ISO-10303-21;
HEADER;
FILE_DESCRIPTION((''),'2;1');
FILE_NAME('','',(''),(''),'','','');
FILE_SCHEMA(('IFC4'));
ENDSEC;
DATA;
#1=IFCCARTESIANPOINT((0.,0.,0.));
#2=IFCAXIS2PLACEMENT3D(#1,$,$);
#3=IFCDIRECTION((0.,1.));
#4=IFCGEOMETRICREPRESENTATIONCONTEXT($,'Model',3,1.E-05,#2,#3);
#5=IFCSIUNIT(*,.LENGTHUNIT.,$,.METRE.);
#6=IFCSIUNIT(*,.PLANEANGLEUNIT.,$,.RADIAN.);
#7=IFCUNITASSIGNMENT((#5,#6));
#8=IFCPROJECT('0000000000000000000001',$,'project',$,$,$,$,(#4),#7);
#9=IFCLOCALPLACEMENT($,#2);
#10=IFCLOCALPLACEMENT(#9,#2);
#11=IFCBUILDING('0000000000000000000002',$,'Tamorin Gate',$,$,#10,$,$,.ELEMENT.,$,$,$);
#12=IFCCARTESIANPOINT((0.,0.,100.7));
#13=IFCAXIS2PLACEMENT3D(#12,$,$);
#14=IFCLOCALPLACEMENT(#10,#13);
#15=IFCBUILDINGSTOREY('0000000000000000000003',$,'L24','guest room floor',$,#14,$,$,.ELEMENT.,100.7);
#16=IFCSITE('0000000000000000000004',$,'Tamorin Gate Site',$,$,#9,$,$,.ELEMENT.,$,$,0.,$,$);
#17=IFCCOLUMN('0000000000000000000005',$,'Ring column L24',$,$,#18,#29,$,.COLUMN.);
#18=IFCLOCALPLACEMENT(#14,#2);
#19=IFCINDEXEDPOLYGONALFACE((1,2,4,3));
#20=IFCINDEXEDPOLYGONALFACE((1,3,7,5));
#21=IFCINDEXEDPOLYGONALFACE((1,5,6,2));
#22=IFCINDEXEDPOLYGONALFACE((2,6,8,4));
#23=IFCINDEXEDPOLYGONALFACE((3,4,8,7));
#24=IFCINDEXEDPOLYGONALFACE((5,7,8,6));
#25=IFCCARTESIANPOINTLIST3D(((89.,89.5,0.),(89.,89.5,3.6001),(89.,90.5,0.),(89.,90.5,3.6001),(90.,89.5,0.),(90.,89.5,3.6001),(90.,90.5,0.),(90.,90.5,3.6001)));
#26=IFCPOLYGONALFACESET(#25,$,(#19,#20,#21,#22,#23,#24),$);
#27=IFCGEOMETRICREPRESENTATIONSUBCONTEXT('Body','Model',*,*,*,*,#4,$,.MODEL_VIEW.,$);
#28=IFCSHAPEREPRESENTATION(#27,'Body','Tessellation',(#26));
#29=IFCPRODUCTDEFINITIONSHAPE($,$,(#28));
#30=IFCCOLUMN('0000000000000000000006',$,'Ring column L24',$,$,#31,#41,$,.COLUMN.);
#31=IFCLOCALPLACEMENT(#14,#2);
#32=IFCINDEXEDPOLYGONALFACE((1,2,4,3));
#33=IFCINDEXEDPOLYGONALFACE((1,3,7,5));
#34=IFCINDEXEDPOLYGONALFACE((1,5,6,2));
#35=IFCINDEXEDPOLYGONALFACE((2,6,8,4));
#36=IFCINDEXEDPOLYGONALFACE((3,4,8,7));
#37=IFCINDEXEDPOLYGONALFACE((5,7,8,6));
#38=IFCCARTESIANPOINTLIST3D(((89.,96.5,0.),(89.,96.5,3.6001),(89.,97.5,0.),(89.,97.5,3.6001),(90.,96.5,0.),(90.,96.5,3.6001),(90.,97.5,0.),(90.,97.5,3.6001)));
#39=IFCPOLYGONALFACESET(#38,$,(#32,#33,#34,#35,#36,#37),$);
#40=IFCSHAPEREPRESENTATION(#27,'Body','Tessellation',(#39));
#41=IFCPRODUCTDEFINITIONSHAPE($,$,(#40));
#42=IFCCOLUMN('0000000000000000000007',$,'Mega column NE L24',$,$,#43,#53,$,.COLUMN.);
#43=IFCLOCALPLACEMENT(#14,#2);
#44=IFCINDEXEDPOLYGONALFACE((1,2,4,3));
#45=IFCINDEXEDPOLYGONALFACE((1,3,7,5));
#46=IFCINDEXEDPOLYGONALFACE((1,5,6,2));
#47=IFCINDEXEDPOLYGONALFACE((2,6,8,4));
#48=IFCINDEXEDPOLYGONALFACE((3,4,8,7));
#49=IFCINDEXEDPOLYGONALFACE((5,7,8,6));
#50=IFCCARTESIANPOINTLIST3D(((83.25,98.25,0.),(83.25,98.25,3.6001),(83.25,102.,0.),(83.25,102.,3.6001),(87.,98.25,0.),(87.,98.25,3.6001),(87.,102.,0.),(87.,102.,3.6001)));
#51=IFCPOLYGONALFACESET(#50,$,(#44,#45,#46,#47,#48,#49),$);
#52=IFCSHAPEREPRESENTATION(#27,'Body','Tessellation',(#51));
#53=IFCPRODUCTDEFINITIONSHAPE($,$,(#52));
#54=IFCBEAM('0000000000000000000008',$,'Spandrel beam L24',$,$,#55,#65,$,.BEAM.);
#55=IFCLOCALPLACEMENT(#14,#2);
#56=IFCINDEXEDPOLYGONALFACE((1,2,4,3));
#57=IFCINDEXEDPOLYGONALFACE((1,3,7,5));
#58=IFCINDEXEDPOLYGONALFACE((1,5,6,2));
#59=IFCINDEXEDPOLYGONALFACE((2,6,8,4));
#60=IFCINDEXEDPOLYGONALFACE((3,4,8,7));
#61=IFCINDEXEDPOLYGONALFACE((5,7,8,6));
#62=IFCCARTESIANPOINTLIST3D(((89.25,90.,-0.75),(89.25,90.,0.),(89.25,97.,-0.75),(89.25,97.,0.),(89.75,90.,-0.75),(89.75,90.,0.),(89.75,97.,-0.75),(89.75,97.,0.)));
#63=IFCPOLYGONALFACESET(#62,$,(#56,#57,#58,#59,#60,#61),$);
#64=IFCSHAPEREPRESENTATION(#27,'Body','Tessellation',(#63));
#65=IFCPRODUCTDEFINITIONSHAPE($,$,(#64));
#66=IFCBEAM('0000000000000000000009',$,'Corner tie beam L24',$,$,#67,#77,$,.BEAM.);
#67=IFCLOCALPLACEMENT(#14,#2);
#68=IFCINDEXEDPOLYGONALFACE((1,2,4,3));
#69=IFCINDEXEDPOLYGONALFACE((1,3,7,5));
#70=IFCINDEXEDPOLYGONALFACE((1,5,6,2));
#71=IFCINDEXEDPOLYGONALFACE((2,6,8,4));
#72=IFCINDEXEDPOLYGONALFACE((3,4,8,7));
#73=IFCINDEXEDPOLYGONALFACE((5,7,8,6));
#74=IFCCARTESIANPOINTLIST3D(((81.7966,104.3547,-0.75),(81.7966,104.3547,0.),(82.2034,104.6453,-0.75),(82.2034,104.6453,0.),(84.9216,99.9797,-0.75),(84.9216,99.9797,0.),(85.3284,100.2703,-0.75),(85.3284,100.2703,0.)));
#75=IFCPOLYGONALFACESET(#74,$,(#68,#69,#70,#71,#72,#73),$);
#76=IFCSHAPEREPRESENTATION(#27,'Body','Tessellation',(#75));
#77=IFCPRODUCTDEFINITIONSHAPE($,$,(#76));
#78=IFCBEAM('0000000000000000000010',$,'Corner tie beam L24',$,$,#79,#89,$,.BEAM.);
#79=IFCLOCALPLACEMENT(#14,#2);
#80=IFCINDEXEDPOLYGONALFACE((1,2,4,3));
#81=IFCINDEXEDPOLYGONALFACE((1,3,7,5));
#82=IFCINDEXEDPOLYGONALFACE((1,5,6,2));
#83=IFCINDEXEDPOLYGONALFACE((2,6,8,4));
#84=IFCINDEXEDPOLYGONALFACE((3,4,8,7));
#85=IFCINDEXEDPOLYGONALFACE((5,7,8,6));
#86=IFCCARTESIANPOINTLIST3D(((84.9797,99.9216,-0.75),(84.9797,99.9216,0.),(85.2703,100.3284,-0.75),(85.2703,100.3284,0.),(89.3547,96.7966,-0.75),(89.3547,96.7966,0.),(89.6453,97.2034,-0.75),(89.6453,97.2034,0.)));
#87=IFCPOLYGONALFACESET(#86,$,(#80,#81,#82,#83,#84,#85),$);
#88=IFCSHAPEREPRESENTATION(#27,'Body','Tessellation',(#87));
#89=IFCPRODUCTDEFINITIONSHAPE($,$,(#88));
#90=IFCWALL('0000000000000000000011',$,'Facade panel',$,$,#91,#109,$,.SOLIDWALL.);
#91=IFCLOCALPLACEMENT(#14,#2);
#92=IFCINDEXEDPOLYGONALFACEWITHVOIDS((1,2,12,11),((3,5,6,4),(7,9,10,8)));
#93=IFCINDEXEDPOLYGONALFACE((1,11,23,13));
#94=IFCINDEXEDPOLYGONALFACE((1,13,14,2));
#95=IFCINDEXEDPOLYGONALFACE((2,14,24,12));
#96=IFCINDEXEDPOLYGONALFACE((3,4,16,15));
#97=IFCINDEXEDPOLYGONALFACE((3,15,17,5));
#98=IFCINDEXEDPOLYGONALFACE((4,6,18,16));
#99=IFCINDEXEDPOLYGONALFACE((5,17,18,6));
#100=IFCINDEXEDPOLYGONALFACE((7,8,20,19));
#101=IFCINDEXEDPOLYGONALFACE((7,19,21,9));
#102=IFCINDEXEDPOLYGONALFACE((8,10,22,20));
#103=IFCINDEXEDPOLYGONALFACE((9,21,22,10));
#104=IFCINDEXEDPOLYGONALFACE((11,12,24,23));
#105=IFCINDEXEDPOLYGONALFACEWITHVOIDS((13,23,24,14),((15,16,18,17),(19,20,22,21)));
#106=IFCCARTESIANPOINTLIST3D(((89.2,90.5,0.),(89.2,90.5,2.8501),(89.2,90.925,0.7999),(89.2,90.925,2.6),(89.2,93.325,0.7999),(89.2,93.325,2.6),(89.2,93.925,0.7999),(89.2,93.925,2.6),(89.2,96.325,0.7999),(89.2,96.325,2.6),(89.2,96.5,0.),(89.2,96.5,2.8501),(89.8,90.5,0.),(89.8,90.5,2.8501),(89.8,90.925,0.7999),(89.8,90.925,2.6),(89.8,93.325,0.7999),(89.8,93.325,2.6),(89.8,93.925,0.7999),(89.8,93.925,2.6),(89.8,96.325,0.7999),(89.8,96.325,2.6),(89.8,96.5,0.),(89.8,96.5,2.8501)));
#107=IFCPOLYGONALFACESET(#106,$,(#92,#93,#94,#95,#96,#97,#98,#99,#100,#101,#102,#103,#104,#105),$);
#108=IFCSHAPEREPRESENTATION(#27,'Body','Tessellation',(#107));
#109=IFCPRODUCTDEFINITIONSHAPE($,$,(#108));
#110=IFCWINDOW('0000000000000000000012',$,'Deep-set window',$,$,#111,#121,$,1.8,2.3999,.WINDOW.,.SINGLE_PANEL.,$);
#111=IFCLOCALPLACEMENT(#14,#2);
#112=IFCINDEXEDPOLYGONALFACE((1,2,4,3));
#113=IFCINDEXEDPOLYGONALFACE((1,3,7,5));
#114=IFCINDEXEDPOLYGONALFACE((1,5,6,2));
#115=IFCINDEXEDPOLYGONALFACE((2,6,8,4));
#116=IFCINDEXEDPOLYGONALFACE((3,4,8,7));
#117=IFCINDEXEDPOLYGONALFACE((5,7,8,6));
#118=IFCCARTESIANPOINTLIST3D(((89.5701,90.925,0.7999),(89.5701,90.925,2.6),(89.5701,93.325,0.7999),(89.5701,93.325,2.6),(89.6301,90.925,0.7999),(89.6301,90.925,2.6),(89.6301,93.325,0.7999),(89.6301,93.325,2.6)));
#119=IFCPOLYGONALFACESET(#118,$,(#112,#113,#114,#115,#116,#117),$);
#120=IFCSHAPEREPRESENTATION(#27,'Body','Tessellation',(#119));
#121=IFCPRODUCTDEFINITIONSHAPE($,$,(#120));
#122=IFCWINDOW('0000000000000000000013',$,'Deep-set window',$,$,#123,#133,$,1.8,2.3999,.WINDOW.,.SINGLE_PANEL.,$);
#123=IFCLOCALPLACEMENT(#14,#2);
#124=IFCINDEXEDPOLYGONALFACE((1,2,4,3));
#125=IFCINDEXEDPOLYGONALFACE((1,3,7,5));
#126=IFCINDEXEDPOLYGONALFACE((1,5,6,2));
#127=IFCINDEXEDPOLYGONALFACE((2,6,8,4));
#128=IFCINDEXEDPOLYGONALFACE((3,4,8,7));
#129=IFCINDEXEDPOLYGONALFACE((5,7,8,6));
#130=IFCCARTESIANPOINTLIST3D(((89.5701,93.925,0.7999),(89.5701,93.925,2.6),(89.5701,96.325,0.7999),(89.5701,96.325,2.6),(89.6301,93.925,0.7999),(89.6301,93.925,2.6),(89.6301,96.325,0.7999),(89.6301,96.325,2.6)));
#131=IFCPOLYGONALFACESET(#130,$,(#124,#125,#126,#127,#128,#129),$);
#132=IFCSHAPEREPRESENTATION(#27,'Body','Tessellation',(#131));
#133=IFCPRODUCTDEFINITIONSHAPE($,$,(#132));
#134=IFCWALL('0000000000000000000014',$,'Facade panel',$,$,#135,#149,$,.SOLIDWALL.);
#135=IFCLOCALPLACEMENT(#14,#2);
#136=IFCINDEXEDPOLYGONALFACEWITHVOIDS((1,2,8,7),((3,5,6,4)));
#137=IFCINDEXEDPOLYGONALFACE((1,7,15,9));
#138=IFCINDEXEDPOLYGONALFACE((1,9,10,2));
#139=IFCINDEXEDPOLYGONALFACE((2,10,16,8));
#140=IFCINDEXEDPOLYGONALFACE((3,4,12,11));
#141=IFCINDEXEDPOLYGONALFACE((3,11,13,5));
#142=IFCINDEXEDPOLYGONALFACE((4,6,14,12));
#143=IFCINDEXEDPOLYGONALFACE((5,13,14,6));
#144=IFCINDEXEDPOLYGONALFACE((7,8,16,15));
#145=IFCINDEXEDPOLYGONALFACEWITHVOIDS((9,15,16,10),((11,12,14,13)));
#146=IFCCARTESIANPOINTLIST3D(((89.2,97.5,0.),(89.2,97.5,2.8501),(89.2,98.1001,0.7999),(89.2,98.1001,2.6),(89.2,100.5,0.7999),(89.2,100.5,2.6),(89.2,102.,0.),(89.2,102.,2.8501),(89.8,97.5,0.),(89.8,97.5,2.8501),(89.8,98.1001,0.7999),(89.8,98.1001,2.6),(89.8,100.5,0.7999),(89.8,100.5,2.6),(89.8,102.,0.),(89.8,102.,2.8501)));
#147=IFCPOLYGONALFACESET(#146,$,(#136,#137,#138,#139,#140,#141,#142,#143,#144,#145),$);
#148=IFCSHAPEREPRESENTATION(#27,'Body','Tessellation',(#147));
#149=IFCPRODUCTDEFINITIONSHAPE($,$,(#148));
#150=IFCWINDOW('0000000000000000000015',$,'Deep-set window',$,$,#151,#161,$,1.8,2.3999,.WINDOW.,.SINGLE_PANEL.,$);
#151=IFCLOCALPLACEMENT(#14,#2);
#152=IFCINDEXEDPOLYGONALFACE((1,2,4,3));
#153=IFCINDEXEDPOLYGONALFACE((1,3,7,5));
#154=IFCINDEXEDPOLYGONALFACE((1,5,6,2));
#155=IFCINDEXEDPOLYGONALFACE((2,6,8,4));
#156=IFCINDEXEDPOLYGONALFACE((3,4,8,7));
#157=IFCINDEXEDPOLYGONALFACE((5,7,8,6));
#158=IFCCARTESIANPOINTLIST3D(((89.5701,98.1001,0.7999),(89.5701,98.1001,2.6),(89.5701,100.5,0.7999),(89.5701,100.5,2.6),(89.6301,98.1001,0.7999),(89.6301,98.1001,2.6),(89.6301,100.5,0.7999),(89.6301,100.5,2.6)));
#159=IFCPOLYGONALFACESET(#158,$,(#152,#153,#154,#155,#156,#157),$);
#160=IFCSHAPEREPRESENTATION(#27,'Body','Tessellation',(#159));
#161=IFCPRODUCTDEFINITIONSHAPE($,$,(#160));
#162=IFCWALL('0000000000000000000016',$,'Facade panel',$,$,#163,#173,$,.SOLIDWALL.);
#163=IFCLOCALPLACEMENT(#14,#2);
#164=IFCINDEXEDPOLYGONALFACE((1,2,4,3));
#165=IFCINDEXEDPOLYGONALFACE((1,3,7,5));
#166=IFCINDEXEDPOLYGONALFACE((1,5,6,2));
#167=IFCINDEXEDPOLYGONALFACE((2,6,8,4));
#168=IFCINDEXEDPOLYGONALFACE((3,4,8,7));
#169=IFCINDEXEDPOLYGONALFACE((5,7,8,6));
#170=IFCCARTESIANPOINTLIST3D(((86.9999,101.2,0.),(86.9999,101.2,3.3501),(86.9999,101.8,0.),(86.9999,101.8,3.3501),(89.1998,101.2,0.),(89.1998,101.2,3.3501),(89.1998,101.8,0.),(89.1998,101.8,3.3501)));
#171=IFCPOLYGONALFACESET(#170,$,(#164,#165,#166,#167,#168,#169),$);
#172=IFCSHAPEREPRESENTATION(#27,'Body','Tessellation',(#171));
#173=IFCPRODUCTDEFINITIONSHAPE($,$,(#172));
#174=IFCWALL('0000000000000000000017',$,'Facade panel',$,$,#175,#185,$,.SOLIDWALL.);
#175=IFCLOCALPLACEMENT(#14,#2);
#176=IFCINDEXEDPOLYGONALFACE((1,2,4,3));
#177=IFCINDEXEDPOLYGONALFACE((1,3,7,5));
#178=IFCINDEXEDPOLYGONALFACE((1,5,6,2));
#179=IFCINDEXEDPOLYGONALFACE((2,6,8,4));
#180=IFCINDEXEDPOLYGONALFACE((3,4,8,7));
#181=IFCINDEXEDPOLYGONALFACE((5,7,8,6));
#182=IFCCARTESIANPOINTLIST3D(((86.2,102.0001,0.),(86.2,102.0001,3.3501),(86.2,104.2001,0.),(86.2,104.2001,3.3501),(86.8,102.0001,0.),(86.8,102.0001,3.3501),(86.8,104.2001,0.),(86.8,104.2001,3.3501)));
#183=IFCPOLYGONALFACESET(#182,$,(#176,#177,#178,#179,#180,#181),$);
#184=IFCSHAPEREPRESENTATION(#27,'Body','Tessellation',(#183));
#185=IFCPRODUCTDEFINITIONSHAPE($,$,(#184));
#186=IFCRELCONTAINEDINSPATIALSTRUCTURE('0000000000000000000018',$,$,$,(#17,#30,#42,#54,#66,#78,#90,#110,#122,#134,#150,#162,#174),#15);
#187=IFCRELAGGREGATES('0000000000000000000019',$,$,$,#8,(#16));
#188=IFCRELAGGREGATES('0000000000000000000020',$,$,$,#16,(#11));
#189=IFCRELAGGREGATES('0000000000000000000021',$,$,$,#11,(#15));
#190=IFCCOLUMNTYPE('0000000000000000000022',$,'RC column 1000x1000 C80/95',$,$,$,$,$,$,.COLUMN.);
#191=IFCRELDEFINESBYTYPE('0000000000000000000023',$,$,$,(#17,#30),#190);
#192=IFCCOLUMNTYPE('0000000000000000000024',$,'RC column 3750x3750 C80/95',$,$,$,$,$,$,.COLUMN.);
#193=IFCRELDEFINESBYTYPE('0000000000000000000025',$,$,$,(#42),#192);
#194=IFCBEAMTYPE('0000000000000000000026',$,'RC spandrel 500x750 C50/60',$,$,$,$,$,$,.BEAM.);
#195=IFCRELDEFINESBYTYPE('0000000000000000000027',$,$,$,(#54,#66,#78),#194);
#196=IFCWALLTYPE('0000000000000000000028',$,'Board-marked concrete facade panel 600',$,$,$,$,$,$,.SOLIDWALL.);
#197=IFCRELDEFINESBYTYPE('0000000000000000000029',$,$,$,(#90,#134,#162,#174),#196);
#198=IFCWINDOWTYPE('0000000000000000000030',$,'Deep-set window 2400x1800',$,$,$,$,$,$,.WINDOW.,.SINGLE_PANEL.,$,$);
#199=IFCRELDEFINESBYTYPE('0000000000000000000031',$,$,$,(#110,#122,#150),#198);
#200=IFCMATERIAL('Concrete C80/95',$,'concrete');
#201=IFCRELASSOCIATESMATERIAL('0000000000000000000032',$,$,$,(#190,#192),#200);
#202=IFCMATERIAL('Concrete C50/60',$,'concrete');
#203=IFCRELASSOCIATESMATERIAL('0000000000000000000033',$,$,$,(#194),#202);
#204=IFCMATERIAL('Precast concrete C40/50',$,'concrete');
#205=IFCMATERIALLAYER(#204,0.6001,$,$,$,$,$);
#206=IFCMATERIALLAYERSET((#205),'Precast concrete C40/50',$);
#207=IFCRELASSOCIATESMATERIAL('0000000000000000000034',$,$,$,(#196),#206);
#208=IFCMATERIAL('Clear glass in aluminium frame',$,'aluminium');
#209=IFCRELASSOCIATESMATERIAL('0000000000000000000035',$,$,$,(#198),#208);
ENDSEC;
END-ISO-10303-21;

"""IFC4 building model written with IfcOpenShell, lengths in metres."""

from ifc_helpers import new_model, si_unit, direction, frame, frame_2d, origin, origin_2d, place, context, subcontext, project, spatial, rectangle, extrude, material, layer, layer_set, material_profile, profile_set, type_object, element, fill, save


model = new_model("IFC4")

# Units and contexts
model_context = context("Model", 3, precision=1e-05, world=origin(), true_north=direction((0.0, 1.0)))
body_context = subcontext(model_context, "Body", "Model", "MODEL_VIEW")
ifc_project = project(units=[si_unit("LENGTHUNIT", "METRE"), si_unit("PLANEANGLEUNIT", "RADIAN")], contexts=[model_context])

# Site, building, storey
site_placement = place(None, origin())
site = spatial("IfcSite", under=ifc_project, at=site_placement, Name="Tamorin Gate Site", CompositionType="ELEMENT", RefElevation=0.0)
building_placement = place(site_placement, origin())
building = spatial("IfcBuilding", under=site, at=building_placement, Name="Tamorin Gate", CompositionType="ELEMENT")
storey_placement = place(building_placement, frame((0.0, 0.0, 100.7)))
storey = spatial("IfcBuildingStorey", under=building, at=storey_placement, Name="L24", Description="guest room floor", CompositionType="ELEMENT", Elevation=100.7)

# Columns
ifc_material_1 = material(Name="Concrete C80/95", Category="concrete")
ifc_material_profile_1 = material_profile(ifc_material_1, rectangle(XDim=1.0, YDim=1.0, at=origin_2d()), Name="RC 1000x1000")
ifc_profile_set_1 = profile_set([ifc_material_profile_1], Name="Concrete C80/95")
column_type_1 = type_object("IfcColumnType", Name="RC column 1000x1000 C80/95", PredefinedType="COLUMN", material=ifc_profile_set_1)
for number, where, z_axis, x_axis, name in (
    (1, (89.5, 90.0, 0.0), (0.0, 0.0, 1.0), (1.0, 0.0, 0.0), "Ring column L24"),
    (2, (89.5, 97.0, 0.0), (0.0, 0.0, 1.0), (1.0, 0.0, 0.0), "Ring column L24"),
):
    element("IfcColumn", number, at=place(storey_placement, frame(where, z_axis=z_axis, x_axis=x_axis)), inside=storey, type_object=column_type_1, Name=name, PredefinedType="COLUMN", context=body_context, shape_type="SweptSolid", body=[
        extrude(rectangle(XDim=1.0, YDim=1.0, at=origin_2d()), origin(), (0.0, 0.0, 1.0), 3.6001),
    ])
ifc_material_profile_2 = material_profile(ifc_material_1, rectangle(XDim=3.75, YDim=3.75, at=origin_2d()), Name="RC 3750x3750")
ifc_profile_set_2 = profile_set([ifc_material_profile_2], Name="Concrete C80/95")
column_type_2 = type_object("IfcColumnType", Name="RC column 3750x3750 C80/95", PredefinedType="COLUMN", material=ifc_profile_set_2)
column_placement = place(storey_placement, frame((85.125, 100.125, 0.0), z_axis=(0.0, 0.0, 1.0), x_axis=(1.0, 0.0, 0.0)))
element("IfcColumn", 3, at=column_placement, inside=storey, type_object=column_type_2, Name="Mega column NE L24", PredefinedType="COLUMN", context=body_context, shape_type="SweptSolid", body=[
    extrude(rectangle(XDim=3.75, YDim=3.75, at=origin_2d()), origin(), (0.0, 0.0, 1.0), 3.6001),
])

# Beams
ifc_material_2 = material(Name="Concrete C50/60", Category="concrete")
ifc_material_profile_3 = material_profile(ifc_material_2, rectangle(XDim=0.5, YDim=0.75, at=origin_2d()), Name="RC 500x750")
ifc_profile_set_3 = profile_set([ifc_material_profile_3], Name="Concrete C50/60")
beam_type = type_object("IfcBeamType", Name="RC spandrel 500x750 C50/60", PredefinedType="BEAM", material=ifc_profile_set_3)
beam_placement = place(storey_placement, frame((89.5, 90.0, -0.375), z_axis=(0.0, 1.0, 0.0), x_axis=(-1.0, 0.0, 0.0)))
element("IfcBeam", 4, at=beam_placement, inside=storey, type_object=beam_type, Name="Spandrel beam L24", PredefinedType="BEAM", context=body_context, shape_type="SweptSolid", body=[
    extrude(rectangle(XDim=0.5, YDim=0.75, at=origin_2d()), origin(), (0.0, 0.0, 1.0), 7.0),
])
for number, where, z_axis, x_axis, name in (
    (5, (85.125, 100.125, -0.375), (-0.581238, 0.813733, 0.0), (-0.813733, -0.581238, 0.0), "Corner tie beam L24"),
    (6, (85.125, 100.125, -0.375), (0.813733, -0.581238, 0.0), (0.581238, 0.813733, 0.0), "Corner tie beam L24"),
):
    element("IfcBeam", number, at=place(storey_placement, frame(where, z_axis=z_axis, x_axis=x_axis)), inside=storey, type_object=beam_type, Name=name, PredefinedType="BEAM", context=body_context, shape_type="SweptSolid", body=[
        extrude(rectangle(XDim=0.5, YDim=0.75, at=origin_2d()), origin(), (0.0, 0.0, 1.0), 5.3765),
    ])

# Wall, openings, windows
ifc_material_3 = material(Name="Precast concrete C40/50", Category="concrete")
ifc_layer_1 = layer(ifc_material_3, 0.6001)
ifc_layer_set_1 = layer_set([ifc_layer_1], Name="Precast concrete C40/50")
wall_type_1 = type_object("IfcWallType", Name="Board-marked concrete facade panel 600", PredefinedType="SOLIDWALL", material=ifc_layer_set_1)
wall_1_placement = place(storey_placement, frame((89.5, 90.5, 0.0), z_axis=(0.0, 0.0, 1.0), x_axis=(0.0, 1.0, 0.0)))
wall_1 = element("IfcWall", 7, at=wall_1_placement, inside=storey, type_object=wall_type_1, Name="Facade panel", PredefinedType="SOLIDWALL", context=body_context, shape_type="SweptSolid", body=[
    extrude(rectangle(XDim=6.0, YDim=0.6001, at=frame_2d((3.0, 0.0))), origin(), (0.0, 0.0, 1.0), 2.8501),
])
opening_1_placement = place(wall_1_placement, frame((0.425, 0.0, 0.8)))
opening_1 = element("IfcOpeningElement", 8, at=opening_1_placement, cuts=wall_1, PredefinedType="OPENING", context=body_context, shape_type="SweptSolid", body=[
    extrude(rectangle(XDim=2.3999, YDim=1.8, at=frame_2d((1.2, 0.8999))), frame((0.0, 0.3101, 0.0), z_axis=(0.0, -1.0, 0.0), x_axis=(1.0, 0.0, 0.0)), (0.0, 0.0, 1.0), 0.6201),
])
opening_2_placement = place(wall_1_placement, frame((3.425, 0.0, 0.8)))
opening_2 = element("IfcOpeningElement", 9, at=opening_2_placement, cuts=wall_1, PredefinedType="OPENING", context=body_context, shape_type="SweptSolid", body=[
    extrude(rectangle(XDim=2.3999, YDim=1.8, at=frame_2d((1.2, 0.8999))), frame((0.0, 0.3101, 0.0), z_axis=(0.0, -1.0, 0.0), x_axis=(1.0, 0.0, 0.0)), (0.0, 0.0, 1.0), 0.6201),
])
ifc_material_4 = material(Name="Clear glass in aluminium frame", Category="aluminium")
window_type = type_object("IfcWindowType", Name="Deep-set window 2400x1800", PartitioningType="SINGLE_PANEL", PredefinedType="WINDOW", material=ifc_material_4)
window_1_placement = place(opening_1_placement, origin())
window_1 = element("IfcWindow", 10, at=window_1_placement, inside=storey, type_object=window_type, Name="Deep-set window", OverallHeight=1.8, OverallWidth=2.3999, PartitioningType="SINGLE_PANEL", PredefinedType="WINDOW", context=body_context, shape_type="SweptSolid", body=[
    extrude(rectangle(XDim=2.3999, YDim=1.8, at=frame_2d((1.2, 0.8999))), frame((0.0, -0.0701, 0.0), z_axis=(0.0, -1.0, 0.0), x_axis=(1.0, 0.0, 0.0)), (0.0, 0.0, 1.0), 0.0601),
])
fill(opening_1, window_1)
window_2_placement = place(opening_2_placement, origin())
window_2 = element("IfcWindow", 11, at=window_2_placement, inside=storey, type_object=window_type, Name="Deep-set window", OverallHeight=1.8, OverallWidth=2.3999, PartitioningType="SINGLE_PANEL", PredefinedType="WINDOW", context=body_context, shape_type="SweptSolid", body=[
    extrude(rectangle(XDim=2.3999, YDim=1.8, at=frame_2d((1.2, 0.8999))), frame((0.0, -0.0701, 0.0), z_axis=(0.0, -1.0, 0.0), x_axis=(1.0, 0.0, 0.0)), (0.0, 0.0, 1.0), 0.0601),
])
fill(opening_2, window_2)

# Wall, opening, window
wall_2_placement = place(storey_placement, frame((89.5, 97.5, 0.0), z_axis=(0.0, 0.0, 1.0), x_axis=(0.0, 1.0, 0.0)))
wall_2 = element("IfcWall", 12, at=wall_2_placement, inside=storey, type_object=wall_type_1, Name="Facade panel", PredefinedType="SOLIDWALL", context=body_context, shape_type="SweptSolid", body=[
    extrude(rectangle(XDim=4.5, YDim=0.6001, at=frame_2d((2.25, 0.0))), origin(), (0.0, 0.0, 1.0), 2.8501),
])
opening_3_placement = place(wall_2_placement, frame((0.6001, 0.0, 0.8)))
opening_3 = element("IfcOpeningElement", 13, at=opening_3_placement, cuts=wall_2, PredefinedType="OPENING", context=body_context, shape_type="SweptSolid", body=[
    extrude(rectangle(XDim=2.3999, YDim=1.8, at=frame_2d((1.2, 0.8999))), frame((0.0, 0.3101, 0.0), z_axis=(0.0, -1.0, 0.0), x_axis=(1.0, 0.0, 0.0)), (0.0, 0.0, 1.0), 0.6201),
])
window_3_placement = place(opening_3_placement, origin())
window_3 = element("IfcWindow", 14, at=window_3_placement, inside=storey, type_object=window_type, Name="Deep-set window", OverallHeight=1.8, OverallWidth=2.3999, PartitioningType="SINGLE_PANEL", PredefinedType="WINDOW", context=body_context, shape_type="SweptSolid", body=[
    extrude(rectangle(XDim=2.3999, YDim=1.8, at=frame_2d((1.2, 0.8999))), frame((0.0, -0.0701, 0.0), z_axis=(0.0, -1.0, 0.0), x_axis=(1.0, 0.0, 0.0)), (0.0, 0.0, 1.0), 0.0601),
])
fill(opening_3, window_3)

# Walls
for number, where, z_axis, x_axis, name in (
    (15, (89.2, 101.5, 0.0), (0.0, 0.0, 1.0), (-1.0, 0.0, 0.0), "Facade panel"),
    (16, (86.5, 102.0, 0.0), (0.0, 0.0, 1.0), (0.0, 1.0, 0.0), "Facade panel"),
):
    element("IfcWall", number, at=place(storey_placement, frame(where, z_axis=z_axis, x_axis=x_axis)), inside=storey, type_object=wall_type_1, Name=name, PredefinedType="SOLIDWALL", context=body_context, shape_type="SweptSolid", body=[
        extrude(rectangle(XDim=2.2, YDim=0.6001, at=frame_2d((1.1001, 0.0))), origin(), (0.0, 0.0, 1.0), 3.3501),
    ])

save(model, "model.ifc")
